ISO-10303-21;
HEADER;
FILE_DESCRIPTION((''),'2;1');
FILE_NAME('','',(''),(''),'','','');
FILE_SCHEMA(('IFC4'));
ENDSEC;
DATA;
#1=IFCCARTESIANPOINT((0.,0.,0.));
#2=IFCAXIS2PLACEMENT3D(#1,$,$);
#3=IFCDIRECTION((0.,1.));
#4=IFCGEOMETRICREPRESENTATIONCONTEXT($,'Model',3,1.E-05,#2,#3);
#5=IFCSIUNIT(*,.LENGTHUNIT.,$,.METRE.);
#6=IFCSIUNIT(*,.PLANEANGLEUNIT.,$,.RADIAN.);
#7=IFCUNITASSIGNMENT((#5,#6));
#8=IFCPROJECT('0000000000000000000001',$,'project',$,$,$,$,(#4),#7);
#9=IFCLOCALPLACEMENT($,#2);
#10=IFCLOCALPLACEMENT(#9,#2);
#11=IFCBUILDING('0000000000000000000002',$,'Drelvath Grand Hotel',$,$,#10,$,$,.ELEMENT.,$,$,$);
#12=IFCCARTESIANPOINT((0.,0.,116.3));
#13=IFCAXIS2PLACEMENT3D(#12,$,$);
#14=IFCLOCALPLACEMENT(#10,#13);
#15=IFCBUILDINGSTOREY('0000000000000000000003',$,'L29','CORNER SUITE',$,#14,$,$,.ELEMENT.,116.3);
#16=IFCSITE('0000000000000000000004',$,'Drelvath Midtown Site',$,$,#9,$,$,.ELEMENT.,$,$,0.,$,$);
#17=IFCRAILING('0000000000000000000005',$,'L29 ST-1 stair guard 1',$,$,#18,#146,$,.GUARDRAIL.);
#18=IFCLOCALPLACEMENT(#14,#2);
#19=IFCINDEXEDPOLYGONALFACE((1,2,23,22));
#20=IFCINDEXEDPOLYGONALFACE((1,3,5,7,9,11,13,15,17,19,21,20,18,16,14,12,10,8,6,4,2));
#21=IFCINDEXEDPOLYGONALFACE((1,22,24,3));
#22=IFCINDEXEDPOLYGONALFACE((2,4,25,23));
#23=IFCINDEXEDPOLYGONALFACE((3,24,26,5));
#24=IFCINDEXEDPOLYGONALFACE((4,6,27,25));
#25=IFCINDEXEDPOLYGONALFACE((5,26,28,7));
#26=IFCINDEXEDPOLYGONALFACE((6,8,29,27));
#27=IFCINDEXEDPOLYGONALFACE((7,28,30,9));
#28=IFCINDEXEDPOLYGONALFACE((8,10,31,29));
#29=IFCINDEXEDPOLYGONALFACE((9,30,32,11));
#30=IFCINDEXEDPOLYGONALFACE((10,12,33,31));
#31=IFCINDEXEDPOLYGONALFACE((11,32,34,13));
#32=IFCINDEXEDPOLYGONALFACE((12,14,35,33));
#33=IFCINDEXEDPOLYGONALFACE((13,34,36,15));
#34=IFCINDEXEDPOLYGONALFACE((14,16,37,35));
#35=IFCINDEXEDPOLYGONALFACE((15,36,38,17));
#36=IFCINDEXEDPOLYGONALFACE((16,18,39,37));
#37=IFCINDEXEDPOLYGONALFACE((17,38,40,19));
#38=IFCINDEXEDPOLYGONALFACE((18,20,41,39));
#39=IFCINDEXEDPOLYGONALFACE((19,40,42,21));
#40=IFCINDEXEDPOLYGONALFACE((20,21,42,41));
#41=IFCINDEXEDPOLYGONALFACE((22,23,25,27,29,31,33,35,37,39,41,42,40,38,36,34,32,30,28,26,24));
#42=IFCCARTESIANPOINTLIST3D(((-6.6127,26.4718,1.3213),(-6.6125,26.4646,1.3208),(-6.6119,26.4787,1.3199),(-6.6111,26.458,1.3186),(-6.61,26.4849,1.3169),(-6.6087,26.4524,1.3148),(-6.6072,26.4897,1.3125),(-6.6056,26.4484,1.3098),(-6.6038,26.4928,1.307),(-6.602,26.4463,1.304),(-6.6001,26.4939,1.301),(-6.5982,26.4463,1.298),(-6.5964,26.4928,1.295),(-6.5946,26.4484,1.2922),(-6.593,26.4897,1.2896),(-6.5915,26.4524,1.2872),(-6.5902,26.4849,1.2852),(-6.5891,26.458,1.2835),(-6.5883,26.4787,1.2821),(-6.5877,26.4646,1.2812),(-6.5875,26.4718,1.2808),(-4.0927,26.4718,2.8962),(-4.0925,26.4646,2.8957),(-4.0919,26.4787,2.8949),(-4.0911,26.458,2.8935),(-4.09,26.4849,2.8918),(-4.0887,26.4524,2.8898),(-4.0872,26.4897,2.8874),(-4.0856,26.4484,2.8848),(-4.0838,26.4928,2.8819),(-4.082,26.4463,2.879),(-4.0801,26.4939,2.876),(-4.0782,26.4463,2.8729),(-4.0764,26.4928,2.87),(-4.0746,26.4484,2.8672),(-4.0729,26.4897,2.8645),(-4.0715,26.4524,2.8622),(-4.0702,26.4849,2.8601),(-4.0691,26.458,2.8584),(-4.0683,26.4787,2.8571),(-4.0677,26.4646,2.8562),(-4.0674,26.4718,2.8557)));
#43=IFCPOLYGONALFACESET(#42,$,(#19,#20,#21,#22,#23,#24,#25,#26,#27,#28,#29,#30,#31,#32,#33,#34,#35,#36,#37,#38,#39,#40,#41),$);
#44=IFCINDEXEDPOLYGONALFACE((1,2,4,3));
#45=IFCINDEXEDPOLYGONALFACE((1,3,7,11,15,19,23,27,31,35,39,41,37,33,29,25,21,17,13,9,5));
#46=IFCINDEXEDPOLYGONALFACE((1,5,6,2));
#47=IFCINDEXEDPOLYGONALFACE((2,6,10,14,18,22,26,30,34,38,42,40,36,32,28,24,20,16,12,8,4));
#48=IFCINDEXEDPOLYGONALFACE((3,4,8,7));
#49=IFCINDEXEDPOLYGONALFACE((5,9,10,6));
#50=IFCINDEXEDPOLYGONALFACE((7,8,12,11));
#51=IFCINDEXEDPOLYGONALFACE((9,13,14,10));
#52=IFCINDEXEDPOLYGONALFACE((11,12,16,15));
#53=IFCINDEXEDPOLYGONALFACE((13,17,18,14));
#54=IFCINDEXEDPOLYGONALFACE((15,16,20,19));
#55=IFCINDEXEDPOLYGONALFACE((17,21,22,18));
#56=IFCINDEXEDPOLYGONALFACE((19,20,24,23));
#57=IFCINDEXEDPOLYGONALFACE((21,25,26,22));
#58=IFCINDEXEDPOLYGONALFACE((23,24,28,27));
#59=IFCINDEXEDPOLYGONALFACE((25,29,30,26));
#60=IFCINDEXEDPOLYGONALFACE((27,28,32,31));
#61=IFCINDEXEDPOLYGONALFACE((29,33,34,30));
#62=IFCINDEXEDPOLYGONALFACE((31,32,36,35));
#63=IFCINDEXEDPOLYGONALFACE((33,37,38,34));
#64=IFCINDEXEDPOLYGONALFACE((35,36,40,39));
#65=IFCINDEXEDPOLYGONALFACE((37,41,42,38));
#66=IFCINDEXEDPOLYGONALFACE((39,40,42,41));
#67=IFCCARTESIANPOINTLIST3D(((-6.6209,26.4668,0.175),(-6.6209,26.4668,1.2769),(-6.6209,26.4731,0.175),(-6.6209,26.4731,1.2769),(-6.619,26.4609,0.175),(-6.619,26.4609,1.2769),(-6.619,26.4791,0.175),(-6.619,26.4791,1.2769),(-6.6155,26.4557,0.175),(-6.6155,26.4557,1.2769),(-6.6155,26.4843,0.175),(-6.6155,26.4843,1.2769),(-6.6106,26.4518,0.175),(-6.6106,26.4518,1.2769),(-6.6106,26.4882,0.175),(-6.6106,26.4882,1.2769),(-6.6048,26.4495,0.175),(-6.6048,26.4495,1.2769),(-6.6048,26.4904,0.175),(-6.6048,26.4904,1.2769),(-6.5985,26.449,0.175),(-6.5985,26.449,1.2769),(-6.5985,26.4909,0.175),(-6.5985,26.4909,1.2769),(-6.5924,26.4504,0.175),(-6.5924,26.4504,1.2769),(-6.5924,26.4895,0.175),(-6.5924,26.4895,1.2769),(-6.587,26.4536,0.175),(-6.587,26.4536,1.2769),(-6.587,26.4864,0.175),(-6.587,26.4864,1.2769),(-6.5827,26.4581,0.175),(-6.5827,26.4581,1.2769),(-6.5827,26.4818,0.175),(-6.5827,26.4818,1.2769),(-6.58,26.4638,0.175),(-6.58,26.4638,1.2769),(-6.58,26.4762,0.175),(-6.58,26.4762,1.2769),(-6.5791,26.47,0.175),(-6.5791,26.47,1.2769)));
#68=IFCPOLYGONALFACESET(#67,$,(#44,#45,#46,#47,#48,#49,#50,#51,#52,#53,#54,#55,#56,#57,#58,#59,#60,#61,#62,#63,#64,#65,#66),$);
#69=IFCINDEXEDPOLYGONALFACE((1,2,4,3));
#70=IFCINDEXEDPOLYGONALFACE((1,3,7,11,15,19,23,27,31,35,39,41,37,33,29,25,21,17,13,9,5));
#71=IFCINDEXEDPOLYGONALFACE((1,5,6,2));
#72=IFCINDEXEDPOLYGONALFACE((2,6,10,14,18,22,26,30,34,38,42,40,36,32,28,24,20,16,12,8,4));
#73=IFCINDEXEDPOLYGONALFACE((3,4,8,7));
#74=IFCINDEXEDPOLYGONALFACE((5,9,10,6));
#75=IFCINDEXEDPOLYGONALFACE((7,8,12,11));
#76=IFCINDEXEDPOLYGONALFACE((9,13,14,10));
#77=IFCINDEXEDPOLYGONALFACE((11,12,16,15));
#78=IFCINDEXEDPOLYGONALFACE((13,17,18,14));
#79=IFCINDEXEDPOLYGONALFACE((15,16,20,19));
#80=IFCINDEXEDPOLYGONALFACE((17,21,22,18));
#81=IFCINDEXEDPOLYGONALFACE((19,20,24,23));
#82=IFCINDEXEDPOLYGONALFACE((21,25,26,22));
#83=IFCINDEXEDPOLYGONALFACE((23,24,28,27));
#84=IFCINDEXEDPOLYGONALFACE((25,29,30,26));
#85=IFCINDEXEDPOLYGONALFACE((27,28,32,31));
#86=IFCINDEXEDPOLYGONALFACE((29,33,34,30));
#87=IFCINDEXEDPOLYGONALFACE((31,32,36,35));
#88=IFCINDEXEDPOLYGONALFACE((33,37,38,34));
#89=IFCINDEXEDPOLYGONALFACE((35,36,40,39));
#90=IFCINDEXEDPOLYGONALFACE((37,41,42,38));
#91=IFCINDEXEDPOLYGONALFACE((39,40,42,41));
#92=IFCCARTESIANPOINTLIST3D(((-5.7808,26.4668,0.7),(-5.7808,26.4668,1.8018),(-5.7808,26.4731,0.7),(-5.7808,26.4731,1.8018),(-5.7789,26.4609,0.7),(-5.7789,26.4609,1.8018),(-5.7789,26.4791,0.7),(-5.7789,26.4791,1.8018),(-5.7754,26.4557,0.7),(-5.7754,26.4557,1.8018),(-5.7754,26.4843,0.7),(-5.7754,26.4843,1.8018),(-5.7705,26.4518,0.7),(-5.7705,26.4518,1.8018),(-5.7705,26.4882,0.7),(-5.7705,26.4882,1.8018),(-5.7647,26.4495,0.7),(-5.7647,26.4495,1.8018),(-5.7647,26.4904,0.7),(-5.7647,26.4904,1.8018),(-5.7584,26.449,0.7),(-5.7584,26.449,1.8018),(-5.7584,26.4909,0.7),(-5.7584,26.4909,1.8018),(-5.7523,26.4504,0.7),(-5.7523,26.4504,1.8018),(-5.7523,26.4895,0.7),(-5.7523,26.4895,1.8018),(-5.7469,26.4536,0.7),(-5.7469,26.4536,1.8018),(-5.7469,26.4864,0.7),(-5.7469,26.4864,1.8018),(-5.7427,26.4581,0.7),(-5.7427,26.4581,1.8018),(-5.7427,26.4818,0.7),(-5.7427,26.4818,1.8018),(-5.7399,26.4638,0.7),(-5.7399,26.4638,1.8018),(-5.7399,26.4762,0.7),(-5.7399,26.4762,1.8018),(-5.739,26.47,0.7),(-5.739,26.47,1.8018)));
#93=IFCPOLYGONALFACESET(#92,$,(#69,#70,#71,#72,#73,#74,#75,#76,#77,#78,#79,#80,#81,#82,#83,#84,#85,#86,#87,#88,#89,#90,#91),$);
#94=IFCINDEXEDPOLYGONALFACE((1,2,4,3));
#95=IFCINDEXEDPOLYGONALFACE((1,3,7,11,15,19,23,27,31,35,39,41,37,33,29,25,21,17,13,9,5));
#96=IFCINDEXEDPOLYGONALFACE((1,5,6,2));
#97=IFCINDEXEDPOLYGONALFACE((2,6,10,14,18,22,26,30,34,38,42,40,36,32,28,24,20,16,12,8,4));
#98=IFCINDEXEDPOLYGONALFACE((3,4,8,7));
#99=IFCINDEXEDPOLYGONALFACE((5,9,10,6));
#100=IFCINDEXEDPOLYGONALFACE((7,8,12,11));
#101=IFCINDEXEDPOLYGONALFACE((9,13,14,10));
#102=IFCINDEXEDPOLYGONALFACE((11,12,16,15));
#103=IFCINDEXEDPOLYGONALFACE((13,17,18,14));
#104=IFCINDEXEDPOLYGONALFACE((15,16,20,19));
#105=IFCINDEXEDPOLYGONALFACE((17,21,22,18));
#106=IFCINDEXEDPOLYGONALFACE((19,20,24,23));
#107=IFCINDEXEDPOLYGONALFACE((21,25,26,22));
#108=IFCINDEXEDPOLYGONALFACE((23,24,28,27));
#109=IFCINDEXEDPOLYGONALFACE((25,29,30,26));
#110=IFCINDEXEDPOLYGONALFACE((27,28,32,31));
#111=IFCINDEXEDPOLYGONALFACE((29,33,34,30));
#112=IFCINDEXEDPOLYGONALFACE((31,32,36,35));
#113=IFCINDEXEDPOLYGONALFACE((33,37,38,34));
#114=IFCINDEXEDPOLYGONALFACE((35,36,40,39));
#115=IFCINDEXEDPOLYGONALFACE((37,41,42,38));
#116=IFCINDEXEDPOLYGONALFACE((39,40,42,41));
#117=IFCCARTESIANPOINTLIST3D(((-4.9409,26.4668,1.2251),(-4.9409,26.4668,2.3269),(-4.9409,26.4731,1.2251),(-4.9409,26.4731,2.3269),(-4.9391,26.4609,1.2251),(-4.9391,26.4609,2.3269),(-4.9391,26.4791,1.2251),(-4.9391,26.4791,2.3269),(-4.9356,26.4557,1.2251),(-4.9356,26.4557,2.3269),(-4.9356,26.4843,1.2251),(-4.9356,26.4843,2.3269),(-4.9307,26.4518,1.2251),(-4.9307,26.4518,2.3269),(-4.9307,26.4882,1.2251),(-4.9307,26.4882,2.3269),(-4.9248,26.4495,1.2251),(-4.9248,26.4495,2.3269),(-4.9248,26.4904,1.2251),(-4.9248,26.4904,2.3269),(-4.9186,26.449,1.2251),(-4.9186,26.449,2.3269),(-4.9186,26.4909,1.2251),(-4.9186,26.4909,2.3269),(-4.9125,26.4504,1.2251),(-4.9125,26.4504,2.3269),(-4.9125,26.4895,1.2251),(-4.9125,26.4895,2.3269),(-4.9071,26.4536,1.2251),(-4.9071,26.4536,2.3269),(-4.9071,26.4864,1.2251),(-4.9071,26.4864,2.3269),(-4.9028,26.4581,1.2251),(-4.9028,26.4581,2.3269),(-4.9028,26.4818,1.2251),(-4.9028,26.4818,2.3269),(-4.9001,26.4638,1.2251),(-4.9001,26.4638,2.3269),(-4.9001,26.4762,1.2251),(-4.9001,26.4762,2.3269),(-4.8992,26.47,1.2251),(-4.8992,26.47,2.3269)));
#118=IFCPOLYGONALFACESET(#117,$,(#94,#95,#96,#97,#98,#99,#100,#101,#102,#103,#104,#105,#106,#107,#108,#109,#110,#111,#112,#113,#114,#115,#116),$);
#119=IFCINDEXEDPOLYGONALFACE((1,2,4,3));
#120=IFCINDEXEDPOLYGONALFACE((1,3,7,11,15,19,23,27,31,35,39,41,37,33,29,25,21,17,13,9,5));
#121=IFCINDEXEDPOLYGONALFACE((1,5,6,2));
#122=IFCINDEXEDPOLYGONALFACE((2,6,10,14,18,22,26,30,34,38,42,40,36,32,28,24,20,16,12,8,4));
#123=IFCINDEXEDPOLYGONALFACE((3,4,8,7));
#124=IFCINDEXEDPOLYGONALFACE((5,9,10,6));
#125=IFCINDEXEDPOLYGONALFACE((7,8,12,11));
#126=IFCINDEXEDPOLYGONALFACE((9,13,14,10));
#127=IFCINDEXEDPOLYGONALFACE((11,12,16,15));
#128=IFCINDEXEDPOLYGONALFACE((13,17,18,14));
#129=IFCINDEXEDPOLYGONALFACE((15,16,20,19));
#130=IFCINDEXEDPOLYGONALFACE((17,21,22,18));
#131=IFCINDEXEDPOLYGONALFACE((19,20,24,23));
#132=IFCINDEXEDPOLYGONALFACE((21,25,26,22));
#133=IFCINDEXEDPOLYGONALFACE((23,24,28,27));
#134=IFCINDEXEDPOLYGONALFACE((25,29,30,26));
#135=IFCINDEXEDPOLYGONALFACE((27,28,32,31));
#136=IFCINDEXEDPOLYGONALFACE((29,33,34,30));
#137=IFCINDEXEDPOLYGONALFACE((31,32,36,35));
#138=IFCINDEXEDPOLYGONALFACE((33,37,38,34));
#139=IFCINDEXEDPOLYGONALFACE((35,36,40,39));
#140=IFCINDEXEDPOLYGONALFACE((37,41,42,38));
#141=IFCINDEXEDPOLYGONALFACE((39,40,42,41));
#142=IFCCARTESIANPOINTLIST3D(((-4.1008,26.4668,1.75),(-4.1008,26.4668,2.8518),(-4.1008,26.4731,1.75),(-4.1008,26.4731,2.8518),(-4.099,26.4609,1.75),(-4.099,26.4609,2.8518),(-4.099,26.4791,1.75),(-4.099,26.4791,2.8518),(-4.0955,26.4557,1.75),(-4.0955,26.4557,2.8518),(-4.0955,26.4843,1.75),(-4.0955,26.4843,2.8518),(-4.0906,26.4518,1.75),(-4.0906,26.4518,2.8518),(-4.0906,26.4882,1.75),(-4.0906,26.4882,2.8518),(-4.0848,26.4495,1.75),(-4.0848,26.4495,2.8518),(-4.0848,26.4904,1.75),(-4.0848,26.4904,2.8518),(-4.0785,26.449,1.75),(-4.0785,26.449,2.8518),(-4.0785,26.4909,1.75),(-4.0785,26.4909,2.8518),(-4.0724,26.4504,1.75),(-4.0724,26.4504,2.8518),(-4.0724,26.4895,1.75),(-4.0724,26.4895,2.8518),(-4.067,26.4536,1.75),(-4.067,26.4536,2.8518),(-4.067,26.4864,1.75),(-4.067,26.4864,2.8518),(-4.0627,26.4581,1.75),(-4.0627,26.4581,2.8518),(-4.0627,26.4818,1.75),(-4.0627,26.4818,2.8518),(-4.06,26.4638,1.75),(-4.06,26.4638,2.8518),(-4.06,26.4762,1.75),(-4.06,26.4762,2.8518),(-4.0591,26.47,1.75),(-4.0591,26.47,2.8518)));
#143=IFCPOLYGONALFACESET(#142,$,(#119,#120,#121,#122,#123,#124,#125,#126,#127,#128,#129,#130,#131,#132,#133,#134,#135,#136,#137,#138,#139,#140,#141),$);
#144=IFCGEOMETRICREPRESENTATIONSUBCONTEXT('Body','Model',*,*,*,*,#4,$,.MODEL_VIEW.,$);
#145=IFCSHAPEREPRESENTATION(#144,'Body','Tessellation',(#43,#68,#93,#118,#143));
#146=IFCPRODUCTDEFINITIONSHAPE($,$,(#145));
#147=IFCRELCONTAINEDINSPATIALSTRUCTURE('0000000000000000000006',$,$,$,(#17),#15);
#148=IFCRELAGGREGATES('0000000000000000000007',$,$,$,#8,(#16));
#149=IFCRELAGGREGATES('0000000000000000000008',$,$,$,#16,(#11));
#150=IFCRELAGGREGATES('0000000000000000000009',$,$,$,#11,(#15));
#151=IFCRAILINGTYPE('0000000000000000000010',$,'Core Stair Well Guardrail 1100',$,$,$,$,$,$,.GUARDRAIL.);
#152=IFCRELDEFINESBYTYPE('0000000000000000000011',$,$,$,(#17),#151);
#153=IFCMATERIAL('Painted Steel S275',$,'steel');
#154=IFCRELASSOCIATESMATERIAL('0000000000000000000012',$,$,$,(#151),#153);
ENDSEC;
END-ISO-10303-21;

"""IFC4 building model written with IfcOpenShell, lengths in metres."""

from ifc_helpers import new_model, si_unit, direction, frame, origin, origin_2d, place, context, subcontext, project, spatial, circle, extrude, material, type_object, element, save


model = new_model("IFC4")

# Units and contexts
model_context = context("Model", 3, precision=1e-05, world=origin(), true_north=direction((0.0, 1.0)))
body_context = subcontext(model_context, "Body", "Model", "MODEL_VIEW")
ifc_project = project(units=[si_unit("LENGTHUNIT", "METRE"), si_unit("PLANEANGLEUNIT", "RADIAN")], contexts=[model_context])

# Site, building, storey
site_placement = place(None, origin())
site = spatial("IfcSite", under=ifc_project, at=site_placement, Name="Drelvath Midtown Site", CompositionType="ELEMENT", RefElevation=0.0)
building_placement = place(site_placement, origin())
building = spatial("IfcBuilding", under=site, at=building_placement, Name="Drelvath Grand Hotel", CompositionType="ELEMENT")
storey_placement = place(building_placement, frame((0.0, 0.0, 116.3)))
storey = spatial("IfcBuildingStorey", under=building, at=storey_placement, Name="L29", Description="CORNER SUITE", CompositionType="ELEMENT", Elevation=116.3)

# Shared definitions
ifc_material_1 = material(Name="Painted Steel S275", Category="steel")

# Railing
railing_type_1 = type_object("IfcRailingType", Name="Core Stair Well Guardrail 1100", PredefinedType="GUARDRAIL", material=ifc_material_1)
railing_1_placement = place(storey_placement, frame((-6.6001, 26.47, 0.175)))
element("IfcRailing", 1, at=railing_1_placement, inside=storey, type_object=railing_type_1, Name="L29 ST-1 stair guard 1", PredefinedType="GUARDRAIL", context=body_context, shape_type="SweptSolid", body=[
    extrude(circle(Radius=0.0239, at=origin_2d()), frame((0.0, 0.0, 1.126), z_axis=(0.848008, 0.0, 0.529984), x_axis=(0.0, 1.0, 0.0)), (0.0, 0.0, 1.0), 2.9717),
    extrude(circle(Radius=0.021, at=origin_2d()), origin(), (0.0, 0.0, 1.0), 1.1018),
    extrude(circle(Radius=0.021, at=origin_2d()), frame((0.8401, 0.0, 0.5249)), (0.0, 0.0, 1.0), 1.1018),
    extrude(circle(Radius=0.021, at=origin_2d()), frame((1.6799, 0.0, 1.05)), (0.0, 0.0, 1.0), 1.1018),
    extrude(circle(Radius=0.021, at=origin_2d()), frame((2.52, 0.0, 1.575)), (0.0, 0.0, 1.0), 1.1018),
])

save(model, "model.ifc")
